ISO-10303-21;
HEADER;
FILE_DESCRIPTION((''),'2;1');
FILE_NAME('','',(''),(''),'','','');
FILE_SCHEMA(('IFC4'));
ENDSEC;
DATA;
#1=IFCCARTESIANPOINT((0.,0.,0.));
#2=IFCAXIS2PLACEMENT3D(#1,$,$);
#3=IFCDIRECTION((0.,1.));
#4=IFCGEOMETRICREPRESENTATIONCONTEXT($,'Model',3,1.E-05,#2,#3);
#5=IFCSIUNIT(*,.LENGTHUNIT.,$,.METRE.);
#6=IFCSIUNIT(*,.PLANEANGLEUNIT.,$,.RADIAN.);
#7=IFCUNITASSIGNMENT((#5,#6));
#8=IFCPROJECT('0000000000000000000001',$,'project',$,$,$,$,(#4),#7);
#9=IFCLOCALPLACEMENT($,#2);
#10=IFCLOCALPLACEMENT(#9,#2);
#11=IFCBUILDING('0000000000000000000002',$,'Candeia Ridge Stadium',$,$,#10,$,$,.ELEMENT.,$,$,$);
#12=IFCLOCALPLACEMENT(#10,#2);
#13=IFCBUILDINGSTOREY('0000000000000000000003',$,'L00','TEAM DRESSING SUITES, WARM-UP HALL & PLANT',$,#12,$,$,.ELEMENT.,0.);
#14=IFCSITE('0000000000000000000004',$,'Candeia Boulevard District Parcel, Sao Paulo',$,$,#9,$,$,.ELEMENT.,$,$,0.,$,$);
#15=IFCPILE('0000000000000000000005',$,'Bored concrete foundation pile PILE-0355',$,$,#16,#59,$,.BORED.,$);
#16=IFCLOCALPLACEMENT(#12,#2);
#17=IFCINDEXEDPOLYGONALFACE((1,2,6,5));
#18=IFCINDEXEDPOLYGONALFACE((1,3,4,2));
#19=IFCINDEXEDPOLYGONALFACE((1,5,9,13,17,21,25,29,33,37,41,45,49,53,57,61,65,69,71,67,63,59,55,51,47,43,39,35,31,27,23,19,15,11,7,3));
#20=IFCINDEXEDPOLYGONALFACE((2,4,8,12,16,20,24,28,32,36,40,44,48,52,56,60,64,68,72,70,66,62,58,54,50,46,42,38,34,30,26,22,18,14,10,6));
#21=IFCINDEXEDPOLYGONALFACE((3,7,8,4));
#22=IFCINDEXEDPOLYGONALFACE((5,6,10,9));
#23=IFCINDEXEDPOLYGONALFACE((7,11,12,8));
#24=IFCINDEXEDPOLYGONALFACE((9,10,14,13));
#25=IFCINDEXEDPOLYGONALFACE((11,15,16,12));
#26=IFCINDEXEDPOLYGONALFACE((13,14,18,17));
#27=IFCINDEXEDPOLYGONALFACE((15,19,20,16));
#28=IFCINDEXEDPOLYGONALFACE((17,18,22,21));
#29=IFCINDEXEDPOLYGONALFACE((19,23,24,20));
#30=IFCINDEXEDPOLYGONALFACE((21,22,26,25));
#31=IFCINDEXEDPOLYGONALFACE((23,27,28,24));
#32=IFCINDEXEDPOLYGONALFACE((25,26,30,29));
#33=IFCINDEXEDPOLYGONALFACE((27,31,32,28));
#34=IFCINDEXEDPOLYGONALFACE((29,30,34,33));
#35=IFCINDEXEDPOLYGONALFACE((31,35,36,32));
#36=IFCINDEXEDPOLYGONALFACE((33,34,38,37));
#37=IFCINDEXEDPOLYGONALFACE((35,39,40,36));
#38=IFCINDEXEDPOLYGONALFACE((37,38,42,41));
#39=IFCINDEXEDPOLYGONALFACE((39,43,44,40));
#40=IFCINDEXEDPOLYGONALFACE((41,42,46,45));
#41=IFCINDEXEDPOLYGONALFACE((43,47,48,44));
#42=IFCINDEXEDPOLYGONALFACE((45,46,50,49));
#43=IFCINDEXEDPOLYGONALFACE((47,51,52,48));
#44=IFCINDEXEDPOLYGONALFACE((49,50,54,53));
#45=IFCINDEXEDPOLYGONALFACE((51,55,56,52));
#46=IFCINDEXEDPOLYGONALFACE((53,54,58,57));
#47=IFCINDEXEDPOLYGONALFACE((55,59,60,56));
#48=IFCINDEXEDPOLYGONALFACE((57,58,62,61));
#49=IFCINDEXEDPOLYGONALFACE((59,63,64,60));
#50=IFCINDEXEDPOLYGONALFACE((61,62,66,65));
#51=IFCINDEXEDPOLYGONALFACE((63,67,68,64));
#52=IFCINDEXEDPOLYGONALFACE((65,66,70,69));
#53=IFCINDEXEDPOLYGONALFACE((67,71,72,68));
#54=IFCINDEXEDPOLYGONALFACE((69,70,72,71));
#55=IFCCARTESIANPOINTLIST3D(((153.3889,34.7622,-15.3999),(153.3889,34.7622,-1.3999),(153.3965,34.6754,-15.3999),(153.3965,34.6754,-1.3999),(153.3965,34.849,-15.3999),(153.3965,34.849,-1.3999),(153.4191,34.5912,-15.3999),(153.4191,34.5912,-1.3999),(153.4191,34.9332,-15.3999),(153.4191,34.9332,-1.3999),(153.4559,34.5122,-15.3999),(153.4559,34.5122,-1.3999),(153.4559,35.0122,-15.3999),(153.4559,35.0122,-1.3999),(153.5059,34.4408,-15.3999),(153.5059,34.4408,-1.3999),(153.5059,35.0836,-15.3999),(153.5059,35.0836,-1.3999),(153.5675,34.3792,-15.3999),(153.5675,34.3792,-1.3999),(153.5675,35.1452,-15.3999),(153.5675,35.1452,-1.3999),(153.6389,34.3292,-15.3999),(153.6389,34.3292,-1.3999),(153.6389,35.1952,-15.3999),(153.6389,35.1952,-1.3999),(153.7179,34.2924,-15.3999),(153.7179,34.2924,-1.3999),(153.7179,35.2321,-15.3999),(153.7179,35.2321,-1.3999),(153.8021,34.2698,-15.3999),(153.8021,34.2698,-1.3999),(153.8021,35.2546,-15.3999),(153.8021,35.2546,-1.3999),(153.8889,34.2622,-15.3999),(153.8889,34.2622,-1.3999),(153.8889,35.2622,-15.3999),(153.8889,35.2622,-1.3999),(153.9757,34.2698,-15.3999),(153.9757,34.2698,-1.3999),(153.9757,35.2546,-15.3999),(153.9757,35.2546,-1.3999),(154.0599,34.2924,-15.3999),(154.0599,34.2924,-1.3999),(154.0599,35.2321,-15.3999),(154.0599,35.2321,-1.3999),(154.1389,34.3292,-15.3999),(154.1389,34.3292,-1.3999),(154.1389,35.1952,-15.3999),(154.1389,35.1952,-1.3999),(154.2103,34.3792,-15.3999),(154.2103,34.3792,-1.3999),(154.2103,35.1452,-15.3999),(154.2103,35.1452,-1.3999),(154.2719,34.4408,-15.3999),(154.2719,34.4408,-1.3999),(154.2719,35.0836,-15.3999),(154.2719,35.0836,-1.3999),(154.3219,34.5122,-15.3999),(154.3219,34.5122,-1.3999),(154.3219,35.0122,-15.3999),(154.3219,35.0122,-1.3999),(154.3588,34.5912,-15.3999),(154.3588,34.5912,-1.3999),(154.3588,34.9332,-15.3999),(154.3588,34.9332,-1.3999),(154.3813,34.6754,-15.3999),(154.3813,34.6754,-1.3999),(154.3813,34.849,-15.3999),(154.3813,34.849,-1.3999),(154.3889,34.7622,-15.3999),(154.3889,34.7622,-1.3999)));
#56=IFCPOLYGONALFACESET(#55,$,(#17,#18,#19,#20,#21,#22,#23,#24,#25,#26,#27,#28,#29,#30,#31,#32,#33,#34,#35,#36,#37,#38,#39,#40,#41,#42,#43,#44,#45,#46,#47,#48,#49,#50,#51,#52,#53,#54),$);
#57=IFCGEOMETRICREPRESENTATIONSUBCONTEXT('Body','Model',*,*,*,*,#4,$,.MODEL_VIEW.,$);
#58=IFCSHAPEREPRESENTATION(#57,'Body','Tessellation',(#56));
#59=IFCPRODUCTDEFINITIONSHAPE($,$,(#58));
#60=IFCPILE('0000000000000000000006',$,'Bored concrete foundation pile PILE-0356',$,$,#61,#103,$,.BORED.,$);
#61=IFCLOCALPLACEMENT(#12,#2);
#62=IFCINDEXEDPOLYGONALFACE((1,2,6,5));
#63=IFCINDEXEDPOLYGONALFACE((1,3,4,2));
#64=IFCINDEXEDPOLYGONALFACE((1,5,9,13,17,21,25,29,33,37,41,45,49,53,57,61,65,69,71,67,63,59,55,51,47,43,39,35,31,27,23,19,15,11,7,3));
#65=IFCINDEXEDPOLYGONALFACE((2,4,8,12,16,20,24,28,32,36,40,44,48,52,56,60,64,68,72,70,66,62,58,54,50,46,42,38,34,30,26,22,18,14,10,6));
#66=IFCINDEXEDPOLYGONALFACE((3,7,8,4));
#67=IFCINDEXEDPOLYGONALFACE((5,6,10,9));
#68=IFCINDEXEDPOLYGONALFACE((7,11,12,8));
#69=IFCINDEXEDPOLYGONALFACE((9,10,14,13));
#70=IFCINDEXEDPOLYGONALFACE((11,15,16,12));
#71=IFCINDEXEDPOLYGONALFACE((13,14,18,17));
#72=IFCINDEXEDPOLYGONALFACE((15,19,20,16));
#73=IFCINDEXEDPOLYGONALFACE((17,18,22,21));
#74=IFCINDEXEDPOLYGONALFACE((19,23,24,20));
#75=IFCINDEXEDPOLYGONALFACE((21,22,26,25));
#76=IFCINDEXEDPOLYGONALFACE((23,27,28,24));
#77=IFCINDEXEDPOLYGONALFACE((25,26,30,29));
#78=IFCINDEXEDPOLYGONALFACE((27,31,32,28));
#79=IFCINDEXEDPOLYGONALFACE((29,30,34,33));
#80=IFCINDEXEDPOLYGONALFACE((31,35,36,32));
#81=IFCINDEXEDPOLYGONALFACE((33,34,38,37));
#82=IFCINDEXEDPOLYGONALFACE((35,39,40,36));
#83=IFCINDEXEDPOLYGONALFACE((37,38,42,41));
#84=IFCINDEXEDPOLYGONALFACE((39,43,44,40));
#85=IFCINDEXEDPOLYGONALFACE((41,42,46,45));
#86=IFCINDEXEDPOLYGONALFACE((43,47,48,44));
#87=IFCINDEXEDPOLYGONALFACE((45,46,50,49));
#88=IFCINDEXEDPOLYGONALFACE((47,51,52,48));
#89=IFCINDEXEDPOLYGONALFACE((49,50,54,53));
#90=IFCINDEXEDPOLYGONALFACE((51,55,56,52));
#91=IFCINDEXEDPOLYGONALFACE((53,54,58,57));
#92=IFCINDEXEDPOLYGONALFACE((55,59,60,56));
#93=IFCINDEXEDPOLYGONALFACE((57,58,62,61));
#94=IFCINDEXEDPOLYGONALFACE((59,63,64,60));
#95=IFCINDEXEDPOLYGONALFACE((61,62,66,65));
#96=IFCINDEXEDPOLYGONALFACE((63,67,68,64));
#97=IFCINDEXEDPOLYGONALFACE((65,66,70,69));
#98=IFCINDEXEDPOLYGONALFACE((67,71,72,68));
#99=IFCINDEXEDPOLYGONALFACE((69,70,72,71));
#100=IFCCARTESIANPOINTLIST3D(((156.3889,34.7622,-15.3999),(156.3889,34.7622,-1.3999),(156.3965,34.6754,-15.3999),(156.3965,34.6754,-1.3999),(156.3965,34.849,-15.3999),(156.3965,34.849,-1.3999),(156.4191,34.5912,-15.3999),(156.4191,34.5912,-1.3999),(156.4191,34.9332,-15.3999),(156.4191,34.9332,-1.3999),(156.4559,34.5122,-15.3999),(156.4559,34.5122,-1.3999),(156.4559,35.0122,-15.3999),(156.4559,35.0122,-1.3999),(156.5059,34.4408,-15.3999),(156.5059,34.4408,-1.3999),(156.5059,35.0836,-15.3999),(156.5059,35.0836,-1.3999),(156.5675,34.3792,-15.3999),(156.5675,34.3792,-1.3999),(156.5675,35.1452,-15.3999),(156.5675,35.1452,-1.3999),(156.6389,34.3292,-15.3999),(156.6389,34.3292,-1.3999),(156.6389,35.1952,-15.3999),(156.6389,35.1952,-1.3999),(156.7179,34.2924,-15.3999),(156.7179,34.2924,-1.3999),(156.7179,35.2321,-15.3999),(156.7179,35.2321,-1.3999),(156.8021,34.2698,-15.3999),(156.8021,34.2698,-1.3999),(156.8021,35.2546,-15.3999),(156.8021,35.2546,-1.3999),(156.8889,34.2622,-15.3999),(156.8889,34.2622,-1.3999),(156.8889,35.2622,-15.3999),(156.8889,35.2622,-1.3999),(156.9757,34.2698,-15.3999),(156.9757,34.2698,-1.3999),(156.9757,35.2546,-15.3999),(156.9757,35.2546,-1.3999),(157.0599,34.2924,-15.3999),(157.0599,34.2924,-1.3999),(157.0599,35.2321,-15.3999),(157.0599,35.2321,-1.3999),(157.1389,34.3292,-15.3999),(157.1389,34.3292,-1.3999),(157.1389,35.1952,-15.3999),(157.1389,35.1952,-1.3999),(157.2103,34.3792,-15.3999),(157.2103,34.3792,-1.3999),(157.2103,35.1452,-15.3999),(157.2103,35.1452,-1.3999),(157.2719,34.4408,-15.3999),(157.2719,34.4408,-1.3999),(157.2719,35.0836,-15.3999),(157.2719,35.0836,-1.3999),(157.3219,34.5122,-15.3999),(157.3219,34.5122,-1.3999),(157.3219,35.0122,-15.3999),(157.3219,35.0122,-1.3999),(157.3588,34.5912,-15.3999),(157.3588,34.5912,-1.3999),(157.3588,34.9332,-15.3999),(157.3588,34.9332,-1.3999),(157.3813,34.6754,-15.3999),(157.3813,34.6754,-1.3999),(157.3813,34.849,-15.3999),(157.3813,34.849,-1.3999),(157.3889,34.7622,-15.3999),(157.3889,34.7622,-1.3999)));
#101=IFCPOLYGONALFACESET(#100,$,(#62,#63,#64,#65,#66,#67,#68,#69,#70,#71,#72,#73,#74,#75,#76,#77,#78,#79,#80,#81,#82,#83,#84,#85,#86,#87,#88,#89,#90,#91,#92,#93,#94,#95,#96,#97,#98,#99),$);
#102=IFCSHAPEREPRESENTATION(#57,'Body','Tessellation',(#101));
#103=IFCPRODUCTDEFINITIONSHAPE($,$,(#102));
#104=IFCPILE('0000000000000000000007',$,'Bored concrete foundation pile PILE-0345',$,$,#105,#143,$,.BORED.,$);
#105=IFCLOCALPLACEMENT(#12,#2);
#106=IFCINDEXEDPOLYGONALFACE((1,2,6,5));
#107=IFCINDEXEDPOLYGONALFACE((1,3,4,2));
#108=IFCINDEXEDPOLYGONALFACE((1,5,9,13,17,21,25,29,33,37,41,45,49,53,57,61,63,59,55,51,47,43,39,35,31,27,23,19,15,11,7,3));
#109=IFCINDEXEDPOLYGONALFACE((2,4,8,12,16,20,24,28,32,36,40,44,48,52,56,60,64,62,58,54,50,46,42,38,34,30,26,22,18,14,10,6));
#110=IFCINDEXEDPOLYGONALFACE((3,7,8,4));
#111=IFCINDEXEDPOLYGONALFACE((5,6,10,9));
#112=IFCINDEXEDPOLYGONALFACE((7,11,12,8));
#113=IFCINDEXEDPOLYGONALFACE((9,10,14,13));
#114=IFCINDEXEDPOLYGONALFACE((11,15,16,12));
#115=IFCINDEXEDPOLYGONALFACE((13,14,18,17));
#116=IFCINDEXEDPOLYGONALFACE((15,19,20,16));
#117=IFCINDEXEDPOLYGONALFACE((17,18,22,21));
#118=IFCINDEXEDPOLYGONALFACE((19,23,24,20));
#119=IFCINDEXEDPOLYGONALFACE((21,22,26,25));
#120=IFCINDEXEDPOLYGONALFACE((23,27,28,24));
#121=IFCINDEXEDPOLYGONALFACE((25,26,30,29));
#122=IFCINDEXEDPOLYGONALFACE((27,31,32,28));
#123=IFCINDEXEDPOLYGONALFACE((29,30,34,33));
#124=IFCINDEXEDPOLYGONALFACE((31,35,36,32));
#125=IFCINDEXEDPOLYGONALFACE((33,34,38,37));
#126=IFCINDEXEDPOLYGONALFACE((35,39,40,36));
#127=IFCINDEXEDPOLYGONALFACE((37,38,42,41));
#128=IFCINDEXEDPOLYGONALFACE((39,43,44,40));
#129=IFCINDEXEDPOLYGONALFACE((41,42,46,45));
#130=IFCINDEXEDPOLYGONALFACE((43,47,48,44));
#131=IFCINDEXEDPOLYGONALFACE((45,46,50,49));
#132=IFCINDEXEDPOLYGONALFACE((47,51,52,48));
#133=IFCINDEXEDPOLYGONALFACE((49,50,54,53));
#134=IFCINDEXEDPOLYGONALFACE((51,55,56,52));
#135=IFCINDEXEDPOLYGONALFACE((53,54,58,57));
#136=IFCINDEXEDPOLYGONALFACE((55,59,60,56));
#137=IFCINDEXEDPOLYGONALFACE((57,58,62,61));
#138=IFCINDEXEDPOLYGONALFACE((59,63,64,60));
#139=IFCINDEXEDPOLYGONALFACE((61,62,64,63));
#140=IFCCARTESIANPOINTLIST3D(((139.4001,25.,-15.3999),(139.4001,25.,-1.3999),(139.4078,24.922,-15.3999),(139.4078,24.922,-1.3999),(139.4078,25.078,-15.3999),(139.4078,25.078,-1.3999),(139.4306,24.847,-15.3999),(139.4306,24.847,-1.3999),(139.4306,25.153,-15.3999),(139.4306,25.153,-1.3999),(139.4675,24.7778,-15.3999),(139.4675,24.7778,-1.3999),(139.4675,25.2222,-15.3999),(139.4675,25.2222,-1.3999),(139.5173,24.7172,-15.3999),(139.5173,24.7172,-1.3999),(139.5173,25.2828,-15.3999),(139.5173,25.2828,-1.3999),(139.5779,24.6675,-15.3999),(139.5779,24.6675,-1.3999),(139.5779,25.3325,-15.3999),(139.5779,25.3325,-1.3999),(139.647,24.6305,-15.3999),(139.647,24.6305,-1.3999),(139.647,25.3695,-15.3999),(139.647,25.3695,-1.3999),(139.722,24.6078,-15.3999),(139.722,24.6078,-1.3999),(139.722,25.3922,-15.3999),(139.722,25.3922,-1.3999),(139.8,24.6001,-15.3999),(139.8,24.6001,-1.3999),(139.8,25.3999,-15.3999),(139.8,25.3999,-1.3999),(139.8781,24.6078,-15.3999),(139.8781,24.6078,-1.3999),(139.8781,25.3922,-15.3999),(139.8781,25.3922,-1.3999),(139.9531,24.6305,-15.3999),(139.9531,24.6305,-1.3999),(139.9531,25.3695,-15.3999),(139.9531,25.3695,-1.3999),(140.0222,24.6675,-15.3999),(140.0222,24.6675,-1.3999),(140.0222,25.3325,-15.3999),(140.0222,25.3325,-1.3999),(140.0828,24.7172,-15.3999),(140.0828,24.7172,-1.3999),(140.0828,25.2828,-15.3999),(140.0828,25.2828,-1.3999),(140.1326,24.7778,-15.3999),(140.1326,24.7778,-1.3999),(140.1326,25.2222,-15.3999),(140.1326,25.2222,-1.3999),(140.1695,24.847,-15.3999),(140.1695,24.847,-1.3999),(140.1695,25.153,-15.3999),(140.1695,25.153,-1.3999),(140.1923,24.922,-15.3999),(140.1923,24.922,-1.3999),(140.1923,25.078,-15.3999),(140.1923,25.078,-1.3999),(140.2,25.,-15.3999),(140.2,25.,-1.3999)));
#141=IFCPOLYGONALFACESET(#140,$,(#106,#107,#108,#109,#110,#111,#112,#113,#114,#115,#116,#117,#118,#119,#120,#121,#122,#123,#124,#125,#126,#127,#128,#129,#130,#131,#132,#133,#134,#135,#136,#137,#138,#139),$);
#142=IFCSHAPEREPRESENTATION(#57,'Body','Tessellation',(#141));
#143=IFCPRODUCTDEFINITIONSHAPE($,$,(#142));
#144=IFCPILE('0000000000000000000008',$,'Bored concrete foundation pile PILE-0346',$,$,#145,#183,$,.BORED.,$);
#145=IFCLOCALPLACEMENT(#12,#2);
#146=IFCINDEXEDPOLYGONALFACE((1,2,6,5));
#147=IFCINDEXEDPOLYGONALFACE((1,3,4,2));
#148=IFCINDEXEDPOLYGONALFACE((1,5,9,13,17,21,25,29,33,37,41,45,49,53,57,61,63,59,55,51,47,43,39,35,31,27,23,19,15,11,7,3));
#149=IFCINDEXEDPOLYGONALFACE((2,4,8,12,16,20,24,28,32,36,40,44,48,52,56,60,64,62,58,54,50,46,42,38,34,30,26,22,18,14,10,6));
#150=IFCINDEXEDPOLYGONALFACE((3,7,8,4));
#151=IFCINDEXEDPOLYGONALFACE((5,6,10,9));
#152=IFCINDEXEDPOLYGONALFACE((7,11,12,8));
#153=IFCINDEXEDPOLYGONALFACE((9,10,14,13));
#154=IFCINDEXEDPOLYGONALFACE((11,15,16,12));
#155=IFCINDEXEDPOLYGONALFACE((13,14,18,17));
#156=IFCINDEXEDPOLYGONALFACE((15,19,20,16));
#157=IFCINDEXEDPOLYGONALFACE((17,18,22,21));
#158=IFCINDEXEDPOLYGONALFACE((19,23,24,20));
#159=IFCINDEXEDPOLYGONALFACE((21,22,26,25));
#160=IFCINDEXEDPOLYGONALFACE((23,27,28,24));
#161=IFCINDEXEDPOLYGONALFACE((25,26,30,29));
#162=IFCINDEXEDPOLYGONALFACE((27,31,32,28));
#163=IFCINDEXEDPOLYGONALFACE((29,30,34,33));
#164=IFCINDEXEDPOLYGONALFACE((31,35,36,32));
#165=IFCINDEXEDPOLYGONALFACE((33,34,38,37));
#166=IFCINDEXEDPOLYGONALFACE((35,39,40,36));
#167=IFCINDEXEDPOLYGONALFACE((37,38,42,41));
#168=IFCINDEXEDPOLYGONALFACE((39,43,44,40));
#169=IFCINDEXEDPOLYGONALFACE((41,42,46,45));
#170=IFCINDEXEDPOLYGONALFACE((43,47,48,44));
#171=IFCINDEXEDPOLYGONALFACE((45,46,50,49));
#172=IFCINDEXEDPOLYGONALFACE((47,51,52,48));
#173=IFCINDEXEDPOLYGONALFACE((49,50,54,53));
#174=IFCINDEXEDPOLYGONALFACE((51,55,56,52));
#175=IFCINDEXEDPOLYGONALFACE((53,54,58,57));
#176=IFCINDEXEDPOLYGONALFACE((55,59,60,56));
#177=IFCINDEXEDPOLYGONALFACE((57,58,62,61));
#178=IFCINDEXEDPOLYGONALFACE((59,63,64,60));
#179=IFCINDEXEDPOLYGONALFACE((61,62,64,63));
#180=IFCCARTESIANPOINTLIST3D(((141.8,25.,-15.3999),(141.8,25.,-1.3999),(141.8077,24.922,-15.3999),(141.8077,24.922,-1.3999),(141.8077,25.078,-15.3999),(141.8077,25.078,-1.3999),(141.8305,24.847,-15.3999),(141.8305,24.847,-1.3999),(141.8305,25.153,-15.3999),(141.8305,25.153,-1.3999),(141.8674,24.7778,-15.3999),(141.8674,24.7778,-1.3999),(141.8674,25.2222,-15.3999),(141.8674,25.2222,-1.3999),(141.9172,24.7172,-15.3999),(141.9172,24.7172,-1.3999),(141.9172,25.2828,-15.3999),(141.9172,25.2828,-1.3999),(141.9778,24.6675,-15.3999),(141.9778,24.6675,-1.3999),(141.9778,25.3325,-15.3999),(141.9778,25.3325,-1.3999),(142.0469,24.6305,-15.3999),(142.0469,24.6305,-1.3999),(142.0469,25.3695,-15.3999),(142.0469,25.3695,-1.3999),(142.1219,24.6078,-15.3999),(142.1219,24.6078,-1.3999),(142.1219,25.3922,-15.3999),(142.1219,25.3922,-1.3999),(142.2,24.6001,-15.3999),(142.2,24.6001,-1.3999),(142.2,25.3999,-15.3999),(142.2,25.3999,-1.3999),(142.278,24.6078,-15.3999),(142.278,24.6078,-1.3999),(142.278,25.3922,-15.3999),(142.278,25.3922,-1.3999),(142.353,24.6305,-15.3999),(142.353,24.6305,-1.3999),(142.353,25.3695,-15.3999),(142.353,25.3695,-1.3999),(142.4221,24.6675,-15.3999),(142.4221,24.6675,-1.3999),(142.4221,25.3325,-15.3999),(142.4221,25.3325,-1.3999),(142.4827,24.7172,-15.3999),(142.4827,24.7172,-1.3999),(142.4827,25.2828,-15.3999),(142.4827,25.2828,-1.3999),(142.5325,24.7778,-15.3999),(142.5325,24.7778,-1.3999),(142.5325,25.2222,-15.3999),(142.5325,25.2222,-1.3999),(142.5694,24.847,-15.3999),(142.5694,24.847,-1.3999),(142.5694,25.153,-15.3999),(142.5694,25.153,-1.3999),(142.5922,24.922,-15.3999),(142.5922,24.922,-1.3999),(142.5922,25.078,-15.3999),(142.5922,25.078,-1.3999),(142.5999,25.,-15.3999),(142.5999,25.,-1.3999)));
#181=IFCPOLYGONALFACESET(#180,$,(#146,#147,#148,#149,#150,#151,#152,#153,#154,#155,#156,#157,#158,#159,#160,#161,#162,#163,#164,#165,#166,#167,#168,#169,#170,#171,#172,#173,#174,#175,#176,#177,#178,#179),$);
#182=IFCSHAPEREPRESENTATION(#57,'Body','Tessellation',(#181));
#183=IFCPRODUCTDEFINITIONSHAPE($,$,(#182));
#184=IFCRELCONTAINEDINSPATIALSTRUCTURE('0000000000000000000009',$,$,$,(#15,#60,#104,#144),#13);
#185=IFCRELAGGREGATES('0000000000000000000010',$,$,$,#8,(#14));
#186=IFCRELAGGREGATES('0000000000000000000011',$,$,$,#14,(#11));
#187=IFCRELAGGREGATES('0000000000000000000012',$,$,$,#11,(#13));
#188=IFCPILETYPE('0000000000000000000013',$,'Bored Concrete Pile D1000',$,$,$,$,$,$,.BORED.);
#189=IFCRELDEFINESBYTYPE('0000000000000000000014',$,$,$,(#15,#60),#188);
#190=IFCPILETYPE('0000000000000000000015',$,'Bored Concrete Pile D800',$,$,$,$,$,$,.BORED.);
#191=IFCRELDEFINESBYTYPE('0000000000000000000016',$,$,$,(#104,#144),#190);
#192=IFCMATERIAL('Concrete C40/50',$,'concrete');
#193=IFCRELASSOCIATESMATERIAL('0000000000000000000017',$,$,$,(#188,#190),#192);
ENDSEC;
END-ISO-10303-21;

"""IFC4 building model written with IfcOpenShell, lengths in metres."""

from ifc_helpers import new_model, si_unit, direction, frame, origin, origin_2d, place, context, subcontext, project, spatial, circle, extrude, material, material_profile, profile_set, type_object, element, save


model = new_model("IFC4")

# Units and contexts
model_context = context("Model", 3, precision=1e-05, world=origin(), true_north=direction((0.0, 1.0)))
body_context = subcontext(model_context, "Body", "Model", "MODEL_VIEW")
ifc_project = project(units=[si_unit("LENGTHUNIT", "METRE"), si_unit("PLANEANGLEUNIT", "RADIAN")], contexts=[model_context])

# Site, building, storey
site_placement = place(None, origin())
site = spatial("IfcSite", under=ifc_project, at=site_placement, Name="Candeia Boulevard District Parcel, Sao Paulo", CompositionType="ELEMENT", RefElevation=0.0)
building_placement = place(site_placement, origin())
building = spatial("IfcBuilding", under=site, at=building_placement, Name="Candeia Ridge Stadium", CompositionType="ELEMENT")
storey_placement = place(building_placement, origin())
storey = spatial("IfcBuildingStorey", under=building, at=storey_placement, Name="L00", Description="TEAM DRESSING SUITES, WARM-UP HALL & PLANT", CompositionType="ELEMENT", Elevation=0.0)

# Piles
ifc_material_1 = material(Name="Concrete C40/50", Category="concrete")
ifc_material_profile_1 = material_profile(ifc_material_1, circle(Radius=0.5, at=origin_2d()), Name="PILE-D1000", Category="concrete")
ifc_profile_set_1 = profile_set([ifc_material_profile_1], Name="Concrete C40/50")
pile_type_1 = type_object("IfcPileType", Name="Bored Concrete Pile D1000", PredefinedType="BORED", material=ifc_profile_set_1)
for number, where, z_axis, x_axis, name in (
    (1, (153.8889, 34.7622, -1.3999), (0.0, 0.0, -1.0), (1.0, 0.0, 0.0), "Bored concrete foundation pile PILE-0355"),
    (2, (156.8889, 34.7622, -1.3999), (0.0, 0.0, -1.0), (1.0, 0.0, 0.0), "Bored concrete foundation pile PILE-0356"),
):
    element("IfcPile", number, at=place(storey_placement, frame(where, z_axis=z_axis, x_axis=x_axis)), inside=storey, type_object=pile_type_1, Name=name, PredefinedType="BORED", context=body_context, shape_type="SweptSolid", body=[
        extrude(circle(Radius=0.5, at=origin_2d()), origin(), (0.0, 0.0, 1.0), 14.0),
    ])
ifc_material_profile_2 = material_profile(ifc_material_1, circle(Radius=0.3999, at=origin_2d()), Name="PILE-D800", Category="concrete")
ifc_profile_set_2 = profile_set([ifc_material_profile_2], Name="Concrete C40/50")
pile_type_2 = type_object("IfcPileType", Name="Bored Concrete Pile D800", PredefinedType="BORED", material=ifc_profile_set_2)
for number, where, z_axis, x_axis, name in (
    (3, (139.8, 25.0, -1.3999), (0.0, 0.0, -1.0), (1.0, 0.0, 0.0), "Bored concrete foundation pile PILE-0345"),
    (4, (142.2, 25.0, -1.3999), (0.0, 0.0, -1.0), (1.0, 0.0, 0.0), "Bored concrete foundation pile PILE-0346"),
):
    element("IfcPile", number, at=place(storey_placement, frame(where, z_axis=z_axis, x_axis=x_axis)), inside=storey, type_object=pile_type_2, Name=name, PredefinedType="BORED", context=body_context, shape_type="SweptSolid", body=[
        extrude(circle(Radius=0.3999, at=origin_2d()), origin(), (0.0, 0.0, 1.0), 14.0),
    ])

save(model, "model.ifc")
